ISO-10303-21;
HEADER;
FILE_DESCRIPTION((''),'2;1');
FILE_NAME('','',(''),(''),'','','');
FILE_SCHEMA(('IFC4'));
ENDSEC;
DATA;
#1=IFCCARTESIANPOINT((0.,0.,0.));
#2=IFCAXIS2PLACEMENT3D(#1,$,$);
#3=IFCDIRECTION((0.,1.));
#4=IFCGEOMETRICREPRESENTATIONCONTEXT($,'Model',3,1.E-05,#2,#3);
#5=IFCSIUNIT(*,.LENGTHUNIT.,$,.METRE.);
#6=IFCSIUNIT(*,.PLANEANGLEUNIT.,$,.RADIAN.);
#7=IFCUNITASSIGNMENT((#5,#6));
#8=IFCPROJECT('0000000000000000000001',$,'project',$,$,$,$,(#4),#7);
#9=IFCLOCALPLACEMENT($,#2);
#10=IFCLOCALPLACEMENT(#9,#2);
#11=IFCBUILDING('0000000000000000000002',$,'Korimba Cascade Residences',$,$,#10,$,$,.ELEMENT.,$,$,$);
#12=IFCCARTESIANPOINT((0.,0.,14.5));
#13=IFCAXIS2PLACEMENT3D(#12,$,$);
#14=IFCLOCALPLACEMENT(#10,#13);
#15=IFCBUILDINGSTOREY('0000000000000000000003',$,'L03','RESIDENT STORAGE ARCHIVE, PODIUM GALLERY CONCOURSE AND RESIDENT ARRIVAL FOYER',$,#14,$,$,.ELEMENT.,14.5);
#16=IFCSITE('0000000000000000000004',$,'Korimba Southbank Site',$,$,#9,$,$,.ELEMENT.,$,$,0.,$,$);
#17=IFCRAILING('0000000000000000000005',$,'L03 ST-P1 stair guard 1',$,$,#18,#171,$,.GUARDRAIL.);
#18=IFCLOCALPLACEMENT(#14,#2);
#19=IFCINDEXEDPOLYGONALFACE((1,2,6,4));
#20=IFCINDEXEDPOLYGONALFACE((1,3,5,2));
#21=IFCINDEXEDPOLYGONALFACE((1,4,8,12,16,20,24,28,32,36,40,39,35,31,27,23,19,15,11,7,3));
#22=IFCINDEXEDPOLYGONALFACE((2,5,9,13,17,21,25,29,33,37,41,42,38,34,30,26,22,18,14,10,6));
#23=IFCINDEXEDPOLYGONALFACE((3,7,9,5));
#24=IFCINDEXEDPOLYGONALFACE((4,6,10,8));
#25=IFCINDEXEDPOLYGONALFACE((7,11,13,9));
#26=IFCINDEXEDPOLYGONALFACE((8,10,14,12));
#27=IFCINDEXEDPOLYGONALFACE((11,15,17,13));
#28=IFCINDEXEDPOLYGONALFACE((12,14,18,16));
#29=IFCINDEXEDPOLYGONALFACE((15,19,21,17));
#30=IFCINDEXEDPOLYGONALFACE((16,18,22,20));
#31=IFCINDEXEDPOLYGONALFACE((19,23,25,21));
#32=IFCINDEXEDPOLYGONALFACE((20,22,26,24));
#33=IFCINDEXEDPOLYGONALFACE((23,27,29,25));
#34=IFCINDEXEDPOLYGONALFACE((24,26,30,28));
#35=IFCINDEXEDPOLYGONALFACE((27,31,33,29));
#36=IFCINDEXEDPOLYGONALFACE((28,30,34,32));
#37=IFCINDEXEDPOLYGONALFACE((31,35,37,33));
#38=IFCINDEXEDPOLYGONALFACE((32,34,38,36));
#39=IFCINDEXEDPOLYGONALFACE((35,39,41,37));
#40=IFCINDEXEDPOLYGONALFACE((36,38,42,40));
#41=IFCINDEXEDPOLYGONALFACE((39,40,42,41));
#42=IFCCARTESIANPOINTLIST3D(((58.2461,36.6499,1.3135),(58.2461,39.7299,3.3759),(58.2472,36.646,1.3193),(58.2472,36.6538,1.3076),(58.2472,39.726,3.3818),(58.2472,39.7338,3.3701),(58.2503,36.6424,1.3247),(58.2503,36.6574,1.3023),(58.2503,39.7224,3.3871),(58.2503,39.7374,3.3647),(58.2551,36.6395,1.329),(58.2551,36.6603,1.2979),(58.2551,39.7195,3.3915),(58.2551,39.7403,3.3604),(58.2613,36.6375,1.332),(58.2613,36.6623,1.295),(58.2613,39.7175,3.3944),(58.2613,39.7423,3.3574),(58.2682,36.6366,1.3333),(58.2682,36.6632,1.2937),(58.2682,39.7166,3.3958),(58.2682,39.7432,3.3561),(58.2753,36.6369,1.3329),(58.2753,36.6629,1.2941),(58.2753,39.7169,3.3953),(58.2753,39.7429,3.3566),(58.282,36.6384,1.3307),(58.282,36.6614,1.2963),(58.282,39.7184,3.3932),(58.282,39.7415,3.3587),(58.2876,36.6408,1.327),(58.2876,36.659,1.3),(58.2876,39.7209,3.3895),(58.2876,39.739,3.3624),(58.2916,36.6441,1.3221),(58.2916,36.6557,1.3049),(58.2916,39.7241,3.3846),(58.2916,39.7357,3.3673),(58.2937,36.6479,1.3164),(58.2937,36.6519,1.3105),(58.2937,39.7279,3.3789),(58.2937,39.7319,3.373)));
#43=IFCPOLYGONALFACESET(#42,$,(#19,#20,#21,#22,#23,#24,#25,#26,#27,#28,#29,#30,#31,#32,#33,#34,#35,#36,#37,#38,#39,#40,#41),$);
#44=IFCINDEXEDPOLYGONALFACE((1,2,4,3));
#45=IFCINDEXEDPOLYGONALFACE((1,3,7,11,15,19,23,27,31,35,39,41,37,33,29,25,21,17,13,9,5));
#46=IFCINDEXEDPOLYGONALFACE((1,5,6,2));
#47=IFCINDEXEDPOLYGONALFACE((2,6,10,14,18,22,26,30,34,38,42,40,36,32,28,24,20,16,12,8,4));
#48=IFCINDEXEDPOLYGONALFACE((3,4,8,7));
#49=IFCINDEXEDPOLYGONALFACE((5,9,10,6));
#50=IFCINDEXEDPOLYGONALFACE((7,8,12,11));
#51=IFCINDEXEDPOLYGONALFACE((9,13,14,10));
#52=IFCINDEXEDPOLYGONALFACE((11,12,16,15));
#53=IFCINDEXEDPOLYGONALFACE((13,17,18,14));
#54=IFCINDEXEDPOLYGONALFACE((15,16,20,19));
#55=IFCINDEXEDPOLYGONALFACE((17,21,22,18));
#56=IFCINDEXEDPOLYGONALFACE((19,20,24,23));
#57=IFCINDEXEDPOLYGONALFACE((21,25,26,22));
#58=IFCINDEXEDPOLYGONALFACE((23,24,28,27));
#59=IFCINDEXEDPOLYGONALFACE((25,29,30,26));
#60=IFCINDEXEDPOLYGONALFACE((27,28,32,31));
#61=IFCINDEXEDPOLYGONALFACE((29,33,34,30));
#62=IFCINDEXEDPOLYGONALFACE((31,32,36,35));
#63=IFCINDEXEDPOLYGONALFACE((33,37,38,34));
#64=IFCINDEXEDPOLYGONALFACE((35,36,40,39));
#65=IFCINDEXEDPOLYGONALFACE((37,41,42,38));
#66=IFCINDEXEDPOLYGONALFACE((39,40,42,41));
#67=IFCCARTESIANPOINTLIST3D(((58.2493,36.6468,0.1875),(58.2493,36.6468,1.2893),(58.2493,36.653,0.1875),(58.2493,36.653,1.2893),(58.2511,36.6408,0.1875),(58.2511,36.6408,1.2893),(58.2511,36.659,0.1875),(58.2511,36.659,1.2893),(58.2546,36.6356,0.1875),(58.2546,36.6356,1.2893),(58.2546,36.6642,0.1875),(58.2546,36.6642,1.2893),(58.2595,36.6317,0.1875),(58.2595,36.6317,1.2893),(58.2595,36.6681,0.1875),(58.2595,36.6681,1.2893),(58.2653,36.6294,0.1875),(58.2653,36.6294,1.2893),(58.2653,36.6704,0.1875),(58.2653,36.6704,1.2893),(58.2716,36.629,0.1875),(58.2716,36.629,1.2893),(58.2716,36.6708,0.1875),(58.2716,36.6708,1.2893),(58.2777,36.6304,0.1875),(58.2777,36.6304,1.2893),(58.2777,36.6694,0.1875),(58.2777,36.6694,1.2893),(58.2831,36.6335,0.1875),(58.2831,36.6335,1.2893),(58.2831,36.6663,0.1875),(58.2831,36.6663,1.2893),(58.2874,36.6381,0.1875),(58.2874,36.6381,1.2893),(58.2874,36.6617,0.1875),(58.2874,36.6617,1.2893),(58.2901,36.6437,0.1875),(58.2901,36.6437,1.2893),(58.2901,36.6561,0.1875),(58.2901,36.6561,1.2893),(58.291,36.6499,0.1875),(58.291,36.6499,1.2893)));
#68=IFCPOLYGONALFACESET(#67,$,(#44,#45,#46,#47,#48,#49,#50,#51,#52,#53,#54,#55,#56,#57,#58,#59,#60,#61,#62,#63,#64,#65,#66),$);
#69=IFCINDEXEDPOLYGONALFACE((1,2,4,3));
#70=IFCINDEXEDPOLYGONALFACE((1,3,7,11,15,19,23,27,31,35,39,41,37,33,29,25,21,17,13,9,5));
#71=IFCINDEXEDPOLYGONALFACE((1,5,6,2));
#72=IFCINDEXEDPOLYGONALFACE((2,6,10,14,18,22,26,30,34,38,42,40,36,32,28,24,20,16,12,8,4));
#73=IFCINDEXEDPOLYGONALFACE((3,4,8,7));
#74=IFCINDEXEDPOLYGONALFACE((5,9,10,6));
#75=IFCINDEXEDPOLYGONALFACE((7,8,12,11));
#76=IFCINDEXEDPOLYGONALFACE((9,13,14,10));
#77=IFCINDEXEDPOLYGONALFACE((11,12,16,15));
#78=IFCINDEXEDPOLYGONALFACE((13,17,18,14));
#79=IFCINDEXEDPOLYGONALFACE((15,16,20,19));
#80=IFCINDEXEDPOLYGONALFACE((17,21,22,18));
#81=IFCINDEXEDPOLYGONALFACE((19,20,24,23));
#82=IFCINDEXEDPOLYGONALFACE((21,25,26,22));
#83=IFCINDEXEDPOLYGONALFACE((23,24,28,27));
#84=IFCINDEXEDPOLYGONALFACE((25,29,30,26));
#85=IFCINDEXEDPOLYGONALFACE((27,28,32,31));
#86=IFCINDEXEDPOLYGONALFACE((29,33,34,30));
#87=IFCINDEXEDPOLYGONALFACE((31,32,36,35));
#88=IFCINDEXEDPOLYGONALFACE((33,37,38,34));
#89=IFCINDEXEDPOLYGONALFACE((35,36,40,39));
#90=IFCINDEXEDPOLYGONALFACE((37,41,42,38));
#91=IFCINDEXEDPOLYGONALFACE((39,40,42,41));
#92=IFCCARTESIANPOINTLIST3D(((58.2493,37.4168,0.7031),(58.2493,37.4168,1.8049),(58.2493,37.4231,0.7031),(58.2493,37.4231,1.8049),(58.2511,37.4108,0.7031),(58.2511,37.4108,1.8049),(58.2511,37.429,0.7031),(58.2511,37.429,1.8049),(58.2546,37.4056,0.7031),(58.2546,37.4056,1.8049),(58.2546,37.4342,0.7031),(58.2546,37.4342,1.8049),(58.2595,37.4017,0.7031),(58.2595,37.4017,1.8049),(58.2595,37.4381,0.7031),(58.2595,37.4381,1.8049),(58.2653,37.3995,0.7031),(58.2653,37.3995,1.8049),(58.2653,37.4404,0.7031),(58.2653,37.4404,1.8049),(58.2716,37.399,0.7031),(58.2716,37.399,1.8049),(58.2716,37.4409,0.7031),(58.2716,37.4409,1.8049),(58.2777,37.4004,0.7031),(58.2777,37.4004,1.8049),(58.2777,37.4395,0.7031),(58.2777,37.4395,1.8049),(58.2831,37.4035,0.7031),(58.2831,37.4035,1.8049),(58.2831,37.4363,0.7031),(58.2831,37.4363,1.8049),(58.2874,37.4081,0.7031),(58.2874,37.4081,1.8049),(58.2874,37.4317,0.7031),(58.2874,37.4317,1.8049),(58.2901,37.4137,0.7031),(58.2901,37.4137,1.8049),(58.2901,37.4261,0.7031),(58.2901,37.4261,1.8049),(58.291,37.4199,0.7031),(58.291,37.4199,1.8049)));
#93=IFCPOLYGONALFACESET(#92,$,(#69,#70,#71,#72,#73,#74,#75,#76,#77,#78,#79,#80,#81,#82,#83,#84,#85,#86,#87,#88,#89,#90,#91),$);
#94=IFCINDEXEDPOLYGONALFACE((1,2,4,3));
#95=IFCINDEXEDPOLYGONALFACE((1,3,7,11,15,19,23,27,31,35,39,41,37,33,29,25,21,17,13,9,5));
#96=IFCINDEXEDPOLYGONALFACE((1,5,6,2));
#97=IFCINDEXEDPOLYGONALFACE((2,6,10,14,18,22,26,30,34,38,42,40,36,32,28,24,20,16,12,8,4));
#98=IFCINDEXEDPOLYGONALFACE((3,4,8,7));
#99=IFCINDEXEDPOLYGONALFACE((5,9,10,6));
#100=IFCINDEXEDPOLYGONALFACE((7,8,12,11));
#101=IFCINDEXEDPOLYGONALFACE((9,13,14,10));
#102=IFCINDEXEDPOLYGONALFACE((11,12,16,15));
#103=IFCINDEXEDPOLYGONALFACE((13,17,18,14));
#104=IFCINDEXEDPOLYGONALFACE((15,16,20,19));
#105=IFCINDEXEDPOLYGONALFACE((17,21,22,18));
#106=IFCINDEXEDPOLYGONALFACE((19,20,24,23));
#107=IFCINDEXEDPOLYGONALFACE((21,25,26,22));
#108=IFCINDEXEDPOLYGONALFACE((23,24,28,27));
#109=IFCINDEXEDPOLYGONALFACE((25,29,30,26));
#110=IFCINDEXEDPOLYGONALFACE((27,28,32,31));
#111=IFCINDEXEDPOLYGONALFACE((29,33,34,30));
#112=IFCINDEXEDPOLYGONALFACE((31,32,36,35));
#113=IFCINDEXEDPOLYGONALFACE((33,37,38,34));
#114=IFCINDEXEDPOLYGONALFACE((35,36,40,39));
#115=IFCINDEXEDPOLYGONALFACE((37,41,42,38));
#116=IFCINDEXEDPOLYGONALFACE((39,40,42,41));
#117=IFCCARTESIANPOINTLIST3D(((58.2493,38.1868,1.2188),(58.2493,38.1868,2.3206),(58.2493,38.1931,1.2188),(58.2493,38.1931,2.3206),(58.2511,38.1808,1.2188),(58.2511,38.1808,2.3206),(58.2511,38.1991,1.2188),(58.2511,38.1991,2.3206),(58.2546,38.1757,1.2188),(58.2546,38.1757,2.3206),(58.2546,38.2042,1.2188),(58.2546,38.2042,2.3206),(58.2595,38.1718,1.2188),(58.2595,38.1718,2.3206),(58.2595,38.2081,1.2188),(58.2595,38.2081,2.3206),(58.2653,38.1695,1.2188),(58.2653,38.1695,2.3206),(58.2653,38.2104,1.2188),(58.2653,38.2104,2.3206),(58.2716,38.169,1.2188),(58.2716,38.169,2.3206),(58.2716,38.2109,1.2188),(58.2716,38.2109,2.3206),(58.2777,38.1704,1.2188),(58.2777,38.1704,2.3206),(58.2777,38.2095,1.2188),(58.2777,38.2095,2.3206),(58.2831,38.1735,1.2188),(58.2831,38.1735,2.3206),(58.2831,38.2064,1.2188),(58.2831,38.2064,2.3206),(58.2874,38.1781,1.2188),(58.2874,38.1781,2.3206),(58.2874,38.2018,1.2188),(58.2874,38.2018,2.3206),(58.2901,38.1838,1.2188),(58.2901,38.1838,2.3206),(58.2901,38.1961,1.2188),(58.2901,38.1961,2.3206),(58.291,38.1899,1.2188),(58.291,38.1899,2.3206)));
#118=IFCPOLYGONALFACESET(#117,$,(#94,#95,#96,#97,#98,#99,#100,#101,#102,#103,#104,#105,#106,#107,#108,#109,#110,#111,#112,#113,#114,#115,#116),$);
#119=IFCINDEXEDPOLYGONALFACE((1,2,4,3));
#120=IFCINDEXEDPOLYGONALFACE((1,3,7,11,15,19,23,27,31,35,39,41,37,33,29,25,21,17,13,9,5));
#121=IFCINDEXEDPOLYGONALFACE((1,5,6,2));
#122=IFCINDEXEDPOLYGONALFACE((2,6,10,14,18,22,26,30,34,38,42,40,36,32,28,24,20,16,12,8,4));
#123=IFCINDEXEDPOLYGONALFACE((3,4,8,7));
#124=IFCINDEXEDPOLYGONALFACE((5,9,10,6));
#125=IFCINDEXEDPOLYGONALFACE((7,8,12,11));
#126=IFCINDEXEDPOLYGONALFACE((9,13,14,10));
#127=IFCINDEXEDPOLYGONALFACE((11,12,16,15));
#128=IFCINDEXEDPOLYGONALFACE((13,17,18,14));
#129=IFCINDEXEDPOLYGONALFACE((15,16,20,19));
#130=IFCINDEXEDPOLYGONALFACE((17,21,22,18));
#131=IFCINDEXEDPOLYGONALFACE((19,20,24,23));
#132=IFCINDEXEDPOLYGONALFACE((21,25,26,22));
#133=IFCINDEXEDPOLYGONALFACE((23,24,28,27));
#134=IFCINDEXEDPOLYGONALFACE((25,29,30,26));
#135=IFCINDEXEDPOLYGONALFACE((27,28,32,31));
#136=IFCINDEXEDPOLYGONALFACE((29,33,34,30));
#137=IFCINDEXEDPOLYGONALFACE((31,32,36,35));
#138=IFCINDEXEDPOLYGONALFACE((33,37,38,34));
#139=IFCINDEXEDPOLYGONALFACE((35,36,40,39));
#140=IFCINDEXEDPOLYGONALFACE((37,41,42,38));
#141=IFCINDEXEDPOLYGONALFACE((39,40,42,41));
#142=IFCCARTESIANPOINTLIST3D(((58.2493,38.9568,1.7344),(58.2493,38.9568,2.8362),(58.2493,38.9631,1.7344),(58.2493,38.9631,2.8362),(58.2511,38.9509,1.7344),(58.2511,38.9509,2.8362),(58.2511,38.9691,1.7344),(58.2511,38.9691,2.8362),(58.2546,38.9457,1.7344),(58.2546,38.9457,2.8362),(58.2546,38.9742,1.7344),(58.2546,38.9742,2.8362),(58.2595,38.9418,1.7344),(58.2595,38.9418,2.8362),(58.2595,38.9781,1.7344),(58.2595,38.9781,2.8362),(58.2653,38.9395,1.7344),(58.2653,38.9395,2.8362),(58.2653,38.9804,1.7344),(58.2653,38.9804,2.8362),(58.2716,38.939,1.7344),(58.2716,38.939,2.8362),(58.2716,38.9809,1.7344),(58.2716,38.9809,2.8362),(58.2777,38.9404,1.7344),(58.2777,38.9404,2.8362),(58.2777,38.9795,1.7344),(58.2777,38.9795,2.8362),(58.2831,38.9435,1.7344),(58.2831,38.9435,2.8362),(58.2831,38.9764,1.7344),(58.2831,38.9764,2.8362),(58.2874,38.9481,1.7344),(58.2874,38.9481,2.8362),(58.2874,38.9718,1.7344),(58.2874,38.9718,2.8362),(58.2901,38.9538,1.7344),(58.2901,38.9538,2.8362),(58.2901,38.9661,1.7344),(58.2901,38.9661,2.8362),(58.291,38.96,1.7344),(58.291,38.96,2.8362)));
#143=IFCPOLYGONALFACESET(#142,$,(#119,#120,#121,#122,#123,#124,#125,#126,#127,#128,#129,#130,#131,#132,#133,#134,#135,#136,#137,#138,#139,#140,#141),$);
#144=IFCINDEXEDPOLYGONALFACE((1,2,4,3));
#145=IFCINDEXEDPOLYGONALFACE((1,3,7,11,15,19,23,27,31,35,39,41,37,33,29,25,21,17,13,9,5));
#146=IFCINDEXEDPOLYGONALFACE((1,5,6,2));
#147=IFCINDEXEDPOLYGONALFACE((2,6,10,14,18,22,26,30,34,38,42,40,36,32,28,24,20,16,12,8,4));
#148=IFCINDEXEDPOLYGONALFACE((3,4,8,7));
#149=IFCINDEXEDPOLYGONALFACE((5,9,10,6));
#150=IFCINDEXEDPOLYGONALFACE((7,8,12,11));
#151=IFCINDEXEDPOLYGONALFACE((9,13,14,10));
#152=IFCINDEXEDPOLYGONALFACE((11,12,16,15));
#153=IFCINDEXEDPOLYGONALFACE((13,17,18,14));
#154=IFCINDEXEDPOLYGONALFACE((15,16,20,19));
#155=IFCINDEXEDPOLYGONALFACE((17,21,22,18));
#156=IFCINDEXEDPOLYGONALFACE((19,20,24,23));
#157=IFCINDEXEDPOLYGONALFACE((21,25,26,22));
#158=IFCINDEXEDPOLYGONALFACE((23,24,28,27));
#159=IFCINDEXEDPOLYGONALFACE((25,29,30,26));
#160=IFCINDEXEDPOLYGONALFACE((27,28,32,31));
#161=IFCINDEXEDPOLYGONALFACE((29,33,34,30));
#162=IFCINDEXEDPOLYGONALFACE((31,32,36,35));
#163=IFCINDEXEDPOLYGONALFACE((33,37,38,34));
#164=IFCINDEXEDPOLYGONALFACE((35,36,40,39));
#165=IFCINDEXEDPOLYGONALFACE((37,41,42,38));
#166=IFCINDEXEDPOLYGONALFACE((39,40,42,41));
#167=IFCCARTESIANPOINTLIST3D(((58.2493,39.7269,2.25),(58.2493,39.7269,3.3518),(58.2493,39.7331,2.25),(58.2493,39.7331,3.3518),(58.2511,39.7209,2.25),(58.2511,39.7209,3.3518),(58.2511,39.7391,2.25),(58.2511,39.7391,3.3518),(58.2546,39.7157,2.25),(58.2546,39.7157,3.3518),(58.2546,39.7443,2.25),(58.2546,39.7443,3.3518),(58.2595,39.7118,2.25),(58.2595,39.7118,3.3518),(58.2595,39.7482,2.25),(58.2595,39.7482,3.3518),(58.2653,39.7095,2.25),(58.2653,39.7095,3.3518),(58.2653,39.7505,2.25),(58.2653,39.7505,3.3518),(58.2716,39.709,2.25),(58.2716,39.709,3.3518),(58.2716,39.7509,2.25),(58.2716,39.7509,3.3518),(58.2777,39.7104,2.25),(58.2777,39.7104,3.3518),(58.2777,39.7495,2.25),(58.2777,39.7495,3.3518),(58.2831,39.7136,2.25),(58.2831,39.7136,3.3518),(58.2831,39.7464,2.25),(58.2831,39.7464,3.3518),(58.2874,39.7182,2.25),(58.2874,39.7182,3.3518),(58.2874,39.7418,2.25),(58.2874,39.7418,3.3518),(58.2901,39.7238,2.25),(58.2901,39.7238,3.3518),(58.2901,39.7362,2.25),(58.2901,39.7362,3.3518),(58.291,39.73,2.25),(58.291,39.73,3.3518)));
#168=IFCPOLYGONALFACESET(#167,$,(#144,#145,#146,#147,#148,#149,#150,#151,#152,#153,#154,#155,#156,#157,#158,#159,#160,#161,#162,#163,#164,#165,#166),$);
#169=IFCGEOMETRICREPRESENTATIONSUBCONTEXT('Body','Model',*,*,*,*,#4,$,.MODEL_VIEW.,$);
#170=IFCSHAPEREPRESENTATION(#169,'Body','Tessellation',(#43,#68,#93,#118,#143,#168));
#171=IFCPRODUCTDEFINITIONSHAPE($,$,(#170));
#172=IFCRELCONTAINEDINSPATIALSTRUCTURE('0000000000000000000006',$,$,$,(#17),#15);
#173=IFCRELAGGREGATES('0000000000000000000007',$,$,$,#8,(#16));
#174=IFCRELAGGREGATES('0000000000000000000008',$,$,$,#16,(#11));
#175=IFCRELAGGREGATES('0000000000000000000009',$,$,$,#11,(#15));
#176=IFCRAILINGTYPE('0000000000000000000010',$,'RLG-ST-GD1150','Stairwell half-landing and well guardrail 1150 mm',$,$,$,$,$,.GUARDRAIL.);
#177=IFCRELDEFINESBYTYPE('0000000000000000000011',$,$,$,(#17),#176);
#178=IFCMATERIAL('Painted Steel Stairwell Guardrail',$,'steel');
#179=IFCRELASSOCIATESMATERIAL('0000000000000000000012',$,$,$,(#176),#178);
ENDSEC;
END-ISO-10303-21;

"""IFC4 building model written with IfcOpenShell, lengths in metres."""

from ifc_helpers import new_model, si_unit, direction, frame, origin, origin_2d, place, context, subcontext, project, spatial, circle, extrude, material, type_object, element, save


model = new_model("IFC4")

# Units and contexts
model_context = context("Model", 3, precision=1e-05, world=origin(), true_north=direction((0.0, 1.0)))
body_context = subcontext(model_context, "Body", "Model", "MODEL_VIEW")
ifc_project = project(units=[si_unit("LENGTHUNIT", "METRE"), si_unit("PLANEANGLEUNIT", "RADIAN")], contexts=[model_context])

# Site, building, storey
site_placement = place(None, origin())
site = spatial("IfcSite", under=ifc_project, at=site_placement, Name="Korimba Southbank Site", CompositionType="ELEMENT", RefElevation=0.0)
building_placement = place(site_placement, origin())
building = spatial("IfcBuilding", under=site, at=building_placement, Name="Korimba Cascade Residences", CompositionType="ELEMENT")
storey_placement = place(building_placement, frame((0.0, 0.0, 14.5)))
storey = spatial("IfcBuildingStorey", under=building, at=storey_placement, Name="L03", Description="RESIDENT STORAGE ARCHIVE, PODIUM GALLERY CONCOURSE AND RESIDENT ARRIVAL FOYER", CompositionType="ELEMENT", Elevation=14.5)

# Railing
ifc_material_1 = material(Name="Painted Steel Stairwell Guardrail", Category="steel")
railing_type_1 = type_object("IfcRailingType", Name="RLG-ST-GD1150", Description="Stairwell half-landing and well guardrail 1150 mm", PredefinedType="GUARDRAIL", material=ifc_material_1)
railing_1_placement = place(storey_placement, frame((58.27, 36.6499, 0.1875)))
element("IfcRailing", 1, at=railing_1_placement, inside=storey, type_object=railing_type_1, Name="L03 ST-P1 stair guard 1", PredefinedType="GUARDRAIL", context=body_context, shape_type="SweptSolid", body=[
    extrude(circle(Radius=0.0239, at=origin_2d()), frame((0.0, 0.0, 1.126), z_axis=(0.0, 0.830914, 0.556401), x_axis=(-1.0, 0.0, 0.0)), (0.0, 0.0, 1.0), 3.7068),
    extrude(circle(Radius=0.021, at=origin_2d()), origin(), (0.0, 0.0, 1.0), 1.1018),
    extrude(circle(Radius=0.021, at=origin_2d()), frame((0.0, 0.77, 0.5156)), (0.0, 0.0, 1.0), 1.1018),
    extrude(circle(Radius=0.021, at=origin_2d()), frame((0.0, 1.54, 1.0312)), (0.0, 0.0, 1.0), 1.1018),
    extrude(circle(Radius=0.021, at=origin_2d()), frame((0.0, 2.3101, 1.5469)), (0.0, 0.0, 1.0), 1.1018),
    extrude(circle(Radius=0.021, at=origin_2d()), frame((0.0, 3.0801, 2.0625)), (0.0, 0.0, 1.0), 1.1018),
])

save(model, "model.ifc")
